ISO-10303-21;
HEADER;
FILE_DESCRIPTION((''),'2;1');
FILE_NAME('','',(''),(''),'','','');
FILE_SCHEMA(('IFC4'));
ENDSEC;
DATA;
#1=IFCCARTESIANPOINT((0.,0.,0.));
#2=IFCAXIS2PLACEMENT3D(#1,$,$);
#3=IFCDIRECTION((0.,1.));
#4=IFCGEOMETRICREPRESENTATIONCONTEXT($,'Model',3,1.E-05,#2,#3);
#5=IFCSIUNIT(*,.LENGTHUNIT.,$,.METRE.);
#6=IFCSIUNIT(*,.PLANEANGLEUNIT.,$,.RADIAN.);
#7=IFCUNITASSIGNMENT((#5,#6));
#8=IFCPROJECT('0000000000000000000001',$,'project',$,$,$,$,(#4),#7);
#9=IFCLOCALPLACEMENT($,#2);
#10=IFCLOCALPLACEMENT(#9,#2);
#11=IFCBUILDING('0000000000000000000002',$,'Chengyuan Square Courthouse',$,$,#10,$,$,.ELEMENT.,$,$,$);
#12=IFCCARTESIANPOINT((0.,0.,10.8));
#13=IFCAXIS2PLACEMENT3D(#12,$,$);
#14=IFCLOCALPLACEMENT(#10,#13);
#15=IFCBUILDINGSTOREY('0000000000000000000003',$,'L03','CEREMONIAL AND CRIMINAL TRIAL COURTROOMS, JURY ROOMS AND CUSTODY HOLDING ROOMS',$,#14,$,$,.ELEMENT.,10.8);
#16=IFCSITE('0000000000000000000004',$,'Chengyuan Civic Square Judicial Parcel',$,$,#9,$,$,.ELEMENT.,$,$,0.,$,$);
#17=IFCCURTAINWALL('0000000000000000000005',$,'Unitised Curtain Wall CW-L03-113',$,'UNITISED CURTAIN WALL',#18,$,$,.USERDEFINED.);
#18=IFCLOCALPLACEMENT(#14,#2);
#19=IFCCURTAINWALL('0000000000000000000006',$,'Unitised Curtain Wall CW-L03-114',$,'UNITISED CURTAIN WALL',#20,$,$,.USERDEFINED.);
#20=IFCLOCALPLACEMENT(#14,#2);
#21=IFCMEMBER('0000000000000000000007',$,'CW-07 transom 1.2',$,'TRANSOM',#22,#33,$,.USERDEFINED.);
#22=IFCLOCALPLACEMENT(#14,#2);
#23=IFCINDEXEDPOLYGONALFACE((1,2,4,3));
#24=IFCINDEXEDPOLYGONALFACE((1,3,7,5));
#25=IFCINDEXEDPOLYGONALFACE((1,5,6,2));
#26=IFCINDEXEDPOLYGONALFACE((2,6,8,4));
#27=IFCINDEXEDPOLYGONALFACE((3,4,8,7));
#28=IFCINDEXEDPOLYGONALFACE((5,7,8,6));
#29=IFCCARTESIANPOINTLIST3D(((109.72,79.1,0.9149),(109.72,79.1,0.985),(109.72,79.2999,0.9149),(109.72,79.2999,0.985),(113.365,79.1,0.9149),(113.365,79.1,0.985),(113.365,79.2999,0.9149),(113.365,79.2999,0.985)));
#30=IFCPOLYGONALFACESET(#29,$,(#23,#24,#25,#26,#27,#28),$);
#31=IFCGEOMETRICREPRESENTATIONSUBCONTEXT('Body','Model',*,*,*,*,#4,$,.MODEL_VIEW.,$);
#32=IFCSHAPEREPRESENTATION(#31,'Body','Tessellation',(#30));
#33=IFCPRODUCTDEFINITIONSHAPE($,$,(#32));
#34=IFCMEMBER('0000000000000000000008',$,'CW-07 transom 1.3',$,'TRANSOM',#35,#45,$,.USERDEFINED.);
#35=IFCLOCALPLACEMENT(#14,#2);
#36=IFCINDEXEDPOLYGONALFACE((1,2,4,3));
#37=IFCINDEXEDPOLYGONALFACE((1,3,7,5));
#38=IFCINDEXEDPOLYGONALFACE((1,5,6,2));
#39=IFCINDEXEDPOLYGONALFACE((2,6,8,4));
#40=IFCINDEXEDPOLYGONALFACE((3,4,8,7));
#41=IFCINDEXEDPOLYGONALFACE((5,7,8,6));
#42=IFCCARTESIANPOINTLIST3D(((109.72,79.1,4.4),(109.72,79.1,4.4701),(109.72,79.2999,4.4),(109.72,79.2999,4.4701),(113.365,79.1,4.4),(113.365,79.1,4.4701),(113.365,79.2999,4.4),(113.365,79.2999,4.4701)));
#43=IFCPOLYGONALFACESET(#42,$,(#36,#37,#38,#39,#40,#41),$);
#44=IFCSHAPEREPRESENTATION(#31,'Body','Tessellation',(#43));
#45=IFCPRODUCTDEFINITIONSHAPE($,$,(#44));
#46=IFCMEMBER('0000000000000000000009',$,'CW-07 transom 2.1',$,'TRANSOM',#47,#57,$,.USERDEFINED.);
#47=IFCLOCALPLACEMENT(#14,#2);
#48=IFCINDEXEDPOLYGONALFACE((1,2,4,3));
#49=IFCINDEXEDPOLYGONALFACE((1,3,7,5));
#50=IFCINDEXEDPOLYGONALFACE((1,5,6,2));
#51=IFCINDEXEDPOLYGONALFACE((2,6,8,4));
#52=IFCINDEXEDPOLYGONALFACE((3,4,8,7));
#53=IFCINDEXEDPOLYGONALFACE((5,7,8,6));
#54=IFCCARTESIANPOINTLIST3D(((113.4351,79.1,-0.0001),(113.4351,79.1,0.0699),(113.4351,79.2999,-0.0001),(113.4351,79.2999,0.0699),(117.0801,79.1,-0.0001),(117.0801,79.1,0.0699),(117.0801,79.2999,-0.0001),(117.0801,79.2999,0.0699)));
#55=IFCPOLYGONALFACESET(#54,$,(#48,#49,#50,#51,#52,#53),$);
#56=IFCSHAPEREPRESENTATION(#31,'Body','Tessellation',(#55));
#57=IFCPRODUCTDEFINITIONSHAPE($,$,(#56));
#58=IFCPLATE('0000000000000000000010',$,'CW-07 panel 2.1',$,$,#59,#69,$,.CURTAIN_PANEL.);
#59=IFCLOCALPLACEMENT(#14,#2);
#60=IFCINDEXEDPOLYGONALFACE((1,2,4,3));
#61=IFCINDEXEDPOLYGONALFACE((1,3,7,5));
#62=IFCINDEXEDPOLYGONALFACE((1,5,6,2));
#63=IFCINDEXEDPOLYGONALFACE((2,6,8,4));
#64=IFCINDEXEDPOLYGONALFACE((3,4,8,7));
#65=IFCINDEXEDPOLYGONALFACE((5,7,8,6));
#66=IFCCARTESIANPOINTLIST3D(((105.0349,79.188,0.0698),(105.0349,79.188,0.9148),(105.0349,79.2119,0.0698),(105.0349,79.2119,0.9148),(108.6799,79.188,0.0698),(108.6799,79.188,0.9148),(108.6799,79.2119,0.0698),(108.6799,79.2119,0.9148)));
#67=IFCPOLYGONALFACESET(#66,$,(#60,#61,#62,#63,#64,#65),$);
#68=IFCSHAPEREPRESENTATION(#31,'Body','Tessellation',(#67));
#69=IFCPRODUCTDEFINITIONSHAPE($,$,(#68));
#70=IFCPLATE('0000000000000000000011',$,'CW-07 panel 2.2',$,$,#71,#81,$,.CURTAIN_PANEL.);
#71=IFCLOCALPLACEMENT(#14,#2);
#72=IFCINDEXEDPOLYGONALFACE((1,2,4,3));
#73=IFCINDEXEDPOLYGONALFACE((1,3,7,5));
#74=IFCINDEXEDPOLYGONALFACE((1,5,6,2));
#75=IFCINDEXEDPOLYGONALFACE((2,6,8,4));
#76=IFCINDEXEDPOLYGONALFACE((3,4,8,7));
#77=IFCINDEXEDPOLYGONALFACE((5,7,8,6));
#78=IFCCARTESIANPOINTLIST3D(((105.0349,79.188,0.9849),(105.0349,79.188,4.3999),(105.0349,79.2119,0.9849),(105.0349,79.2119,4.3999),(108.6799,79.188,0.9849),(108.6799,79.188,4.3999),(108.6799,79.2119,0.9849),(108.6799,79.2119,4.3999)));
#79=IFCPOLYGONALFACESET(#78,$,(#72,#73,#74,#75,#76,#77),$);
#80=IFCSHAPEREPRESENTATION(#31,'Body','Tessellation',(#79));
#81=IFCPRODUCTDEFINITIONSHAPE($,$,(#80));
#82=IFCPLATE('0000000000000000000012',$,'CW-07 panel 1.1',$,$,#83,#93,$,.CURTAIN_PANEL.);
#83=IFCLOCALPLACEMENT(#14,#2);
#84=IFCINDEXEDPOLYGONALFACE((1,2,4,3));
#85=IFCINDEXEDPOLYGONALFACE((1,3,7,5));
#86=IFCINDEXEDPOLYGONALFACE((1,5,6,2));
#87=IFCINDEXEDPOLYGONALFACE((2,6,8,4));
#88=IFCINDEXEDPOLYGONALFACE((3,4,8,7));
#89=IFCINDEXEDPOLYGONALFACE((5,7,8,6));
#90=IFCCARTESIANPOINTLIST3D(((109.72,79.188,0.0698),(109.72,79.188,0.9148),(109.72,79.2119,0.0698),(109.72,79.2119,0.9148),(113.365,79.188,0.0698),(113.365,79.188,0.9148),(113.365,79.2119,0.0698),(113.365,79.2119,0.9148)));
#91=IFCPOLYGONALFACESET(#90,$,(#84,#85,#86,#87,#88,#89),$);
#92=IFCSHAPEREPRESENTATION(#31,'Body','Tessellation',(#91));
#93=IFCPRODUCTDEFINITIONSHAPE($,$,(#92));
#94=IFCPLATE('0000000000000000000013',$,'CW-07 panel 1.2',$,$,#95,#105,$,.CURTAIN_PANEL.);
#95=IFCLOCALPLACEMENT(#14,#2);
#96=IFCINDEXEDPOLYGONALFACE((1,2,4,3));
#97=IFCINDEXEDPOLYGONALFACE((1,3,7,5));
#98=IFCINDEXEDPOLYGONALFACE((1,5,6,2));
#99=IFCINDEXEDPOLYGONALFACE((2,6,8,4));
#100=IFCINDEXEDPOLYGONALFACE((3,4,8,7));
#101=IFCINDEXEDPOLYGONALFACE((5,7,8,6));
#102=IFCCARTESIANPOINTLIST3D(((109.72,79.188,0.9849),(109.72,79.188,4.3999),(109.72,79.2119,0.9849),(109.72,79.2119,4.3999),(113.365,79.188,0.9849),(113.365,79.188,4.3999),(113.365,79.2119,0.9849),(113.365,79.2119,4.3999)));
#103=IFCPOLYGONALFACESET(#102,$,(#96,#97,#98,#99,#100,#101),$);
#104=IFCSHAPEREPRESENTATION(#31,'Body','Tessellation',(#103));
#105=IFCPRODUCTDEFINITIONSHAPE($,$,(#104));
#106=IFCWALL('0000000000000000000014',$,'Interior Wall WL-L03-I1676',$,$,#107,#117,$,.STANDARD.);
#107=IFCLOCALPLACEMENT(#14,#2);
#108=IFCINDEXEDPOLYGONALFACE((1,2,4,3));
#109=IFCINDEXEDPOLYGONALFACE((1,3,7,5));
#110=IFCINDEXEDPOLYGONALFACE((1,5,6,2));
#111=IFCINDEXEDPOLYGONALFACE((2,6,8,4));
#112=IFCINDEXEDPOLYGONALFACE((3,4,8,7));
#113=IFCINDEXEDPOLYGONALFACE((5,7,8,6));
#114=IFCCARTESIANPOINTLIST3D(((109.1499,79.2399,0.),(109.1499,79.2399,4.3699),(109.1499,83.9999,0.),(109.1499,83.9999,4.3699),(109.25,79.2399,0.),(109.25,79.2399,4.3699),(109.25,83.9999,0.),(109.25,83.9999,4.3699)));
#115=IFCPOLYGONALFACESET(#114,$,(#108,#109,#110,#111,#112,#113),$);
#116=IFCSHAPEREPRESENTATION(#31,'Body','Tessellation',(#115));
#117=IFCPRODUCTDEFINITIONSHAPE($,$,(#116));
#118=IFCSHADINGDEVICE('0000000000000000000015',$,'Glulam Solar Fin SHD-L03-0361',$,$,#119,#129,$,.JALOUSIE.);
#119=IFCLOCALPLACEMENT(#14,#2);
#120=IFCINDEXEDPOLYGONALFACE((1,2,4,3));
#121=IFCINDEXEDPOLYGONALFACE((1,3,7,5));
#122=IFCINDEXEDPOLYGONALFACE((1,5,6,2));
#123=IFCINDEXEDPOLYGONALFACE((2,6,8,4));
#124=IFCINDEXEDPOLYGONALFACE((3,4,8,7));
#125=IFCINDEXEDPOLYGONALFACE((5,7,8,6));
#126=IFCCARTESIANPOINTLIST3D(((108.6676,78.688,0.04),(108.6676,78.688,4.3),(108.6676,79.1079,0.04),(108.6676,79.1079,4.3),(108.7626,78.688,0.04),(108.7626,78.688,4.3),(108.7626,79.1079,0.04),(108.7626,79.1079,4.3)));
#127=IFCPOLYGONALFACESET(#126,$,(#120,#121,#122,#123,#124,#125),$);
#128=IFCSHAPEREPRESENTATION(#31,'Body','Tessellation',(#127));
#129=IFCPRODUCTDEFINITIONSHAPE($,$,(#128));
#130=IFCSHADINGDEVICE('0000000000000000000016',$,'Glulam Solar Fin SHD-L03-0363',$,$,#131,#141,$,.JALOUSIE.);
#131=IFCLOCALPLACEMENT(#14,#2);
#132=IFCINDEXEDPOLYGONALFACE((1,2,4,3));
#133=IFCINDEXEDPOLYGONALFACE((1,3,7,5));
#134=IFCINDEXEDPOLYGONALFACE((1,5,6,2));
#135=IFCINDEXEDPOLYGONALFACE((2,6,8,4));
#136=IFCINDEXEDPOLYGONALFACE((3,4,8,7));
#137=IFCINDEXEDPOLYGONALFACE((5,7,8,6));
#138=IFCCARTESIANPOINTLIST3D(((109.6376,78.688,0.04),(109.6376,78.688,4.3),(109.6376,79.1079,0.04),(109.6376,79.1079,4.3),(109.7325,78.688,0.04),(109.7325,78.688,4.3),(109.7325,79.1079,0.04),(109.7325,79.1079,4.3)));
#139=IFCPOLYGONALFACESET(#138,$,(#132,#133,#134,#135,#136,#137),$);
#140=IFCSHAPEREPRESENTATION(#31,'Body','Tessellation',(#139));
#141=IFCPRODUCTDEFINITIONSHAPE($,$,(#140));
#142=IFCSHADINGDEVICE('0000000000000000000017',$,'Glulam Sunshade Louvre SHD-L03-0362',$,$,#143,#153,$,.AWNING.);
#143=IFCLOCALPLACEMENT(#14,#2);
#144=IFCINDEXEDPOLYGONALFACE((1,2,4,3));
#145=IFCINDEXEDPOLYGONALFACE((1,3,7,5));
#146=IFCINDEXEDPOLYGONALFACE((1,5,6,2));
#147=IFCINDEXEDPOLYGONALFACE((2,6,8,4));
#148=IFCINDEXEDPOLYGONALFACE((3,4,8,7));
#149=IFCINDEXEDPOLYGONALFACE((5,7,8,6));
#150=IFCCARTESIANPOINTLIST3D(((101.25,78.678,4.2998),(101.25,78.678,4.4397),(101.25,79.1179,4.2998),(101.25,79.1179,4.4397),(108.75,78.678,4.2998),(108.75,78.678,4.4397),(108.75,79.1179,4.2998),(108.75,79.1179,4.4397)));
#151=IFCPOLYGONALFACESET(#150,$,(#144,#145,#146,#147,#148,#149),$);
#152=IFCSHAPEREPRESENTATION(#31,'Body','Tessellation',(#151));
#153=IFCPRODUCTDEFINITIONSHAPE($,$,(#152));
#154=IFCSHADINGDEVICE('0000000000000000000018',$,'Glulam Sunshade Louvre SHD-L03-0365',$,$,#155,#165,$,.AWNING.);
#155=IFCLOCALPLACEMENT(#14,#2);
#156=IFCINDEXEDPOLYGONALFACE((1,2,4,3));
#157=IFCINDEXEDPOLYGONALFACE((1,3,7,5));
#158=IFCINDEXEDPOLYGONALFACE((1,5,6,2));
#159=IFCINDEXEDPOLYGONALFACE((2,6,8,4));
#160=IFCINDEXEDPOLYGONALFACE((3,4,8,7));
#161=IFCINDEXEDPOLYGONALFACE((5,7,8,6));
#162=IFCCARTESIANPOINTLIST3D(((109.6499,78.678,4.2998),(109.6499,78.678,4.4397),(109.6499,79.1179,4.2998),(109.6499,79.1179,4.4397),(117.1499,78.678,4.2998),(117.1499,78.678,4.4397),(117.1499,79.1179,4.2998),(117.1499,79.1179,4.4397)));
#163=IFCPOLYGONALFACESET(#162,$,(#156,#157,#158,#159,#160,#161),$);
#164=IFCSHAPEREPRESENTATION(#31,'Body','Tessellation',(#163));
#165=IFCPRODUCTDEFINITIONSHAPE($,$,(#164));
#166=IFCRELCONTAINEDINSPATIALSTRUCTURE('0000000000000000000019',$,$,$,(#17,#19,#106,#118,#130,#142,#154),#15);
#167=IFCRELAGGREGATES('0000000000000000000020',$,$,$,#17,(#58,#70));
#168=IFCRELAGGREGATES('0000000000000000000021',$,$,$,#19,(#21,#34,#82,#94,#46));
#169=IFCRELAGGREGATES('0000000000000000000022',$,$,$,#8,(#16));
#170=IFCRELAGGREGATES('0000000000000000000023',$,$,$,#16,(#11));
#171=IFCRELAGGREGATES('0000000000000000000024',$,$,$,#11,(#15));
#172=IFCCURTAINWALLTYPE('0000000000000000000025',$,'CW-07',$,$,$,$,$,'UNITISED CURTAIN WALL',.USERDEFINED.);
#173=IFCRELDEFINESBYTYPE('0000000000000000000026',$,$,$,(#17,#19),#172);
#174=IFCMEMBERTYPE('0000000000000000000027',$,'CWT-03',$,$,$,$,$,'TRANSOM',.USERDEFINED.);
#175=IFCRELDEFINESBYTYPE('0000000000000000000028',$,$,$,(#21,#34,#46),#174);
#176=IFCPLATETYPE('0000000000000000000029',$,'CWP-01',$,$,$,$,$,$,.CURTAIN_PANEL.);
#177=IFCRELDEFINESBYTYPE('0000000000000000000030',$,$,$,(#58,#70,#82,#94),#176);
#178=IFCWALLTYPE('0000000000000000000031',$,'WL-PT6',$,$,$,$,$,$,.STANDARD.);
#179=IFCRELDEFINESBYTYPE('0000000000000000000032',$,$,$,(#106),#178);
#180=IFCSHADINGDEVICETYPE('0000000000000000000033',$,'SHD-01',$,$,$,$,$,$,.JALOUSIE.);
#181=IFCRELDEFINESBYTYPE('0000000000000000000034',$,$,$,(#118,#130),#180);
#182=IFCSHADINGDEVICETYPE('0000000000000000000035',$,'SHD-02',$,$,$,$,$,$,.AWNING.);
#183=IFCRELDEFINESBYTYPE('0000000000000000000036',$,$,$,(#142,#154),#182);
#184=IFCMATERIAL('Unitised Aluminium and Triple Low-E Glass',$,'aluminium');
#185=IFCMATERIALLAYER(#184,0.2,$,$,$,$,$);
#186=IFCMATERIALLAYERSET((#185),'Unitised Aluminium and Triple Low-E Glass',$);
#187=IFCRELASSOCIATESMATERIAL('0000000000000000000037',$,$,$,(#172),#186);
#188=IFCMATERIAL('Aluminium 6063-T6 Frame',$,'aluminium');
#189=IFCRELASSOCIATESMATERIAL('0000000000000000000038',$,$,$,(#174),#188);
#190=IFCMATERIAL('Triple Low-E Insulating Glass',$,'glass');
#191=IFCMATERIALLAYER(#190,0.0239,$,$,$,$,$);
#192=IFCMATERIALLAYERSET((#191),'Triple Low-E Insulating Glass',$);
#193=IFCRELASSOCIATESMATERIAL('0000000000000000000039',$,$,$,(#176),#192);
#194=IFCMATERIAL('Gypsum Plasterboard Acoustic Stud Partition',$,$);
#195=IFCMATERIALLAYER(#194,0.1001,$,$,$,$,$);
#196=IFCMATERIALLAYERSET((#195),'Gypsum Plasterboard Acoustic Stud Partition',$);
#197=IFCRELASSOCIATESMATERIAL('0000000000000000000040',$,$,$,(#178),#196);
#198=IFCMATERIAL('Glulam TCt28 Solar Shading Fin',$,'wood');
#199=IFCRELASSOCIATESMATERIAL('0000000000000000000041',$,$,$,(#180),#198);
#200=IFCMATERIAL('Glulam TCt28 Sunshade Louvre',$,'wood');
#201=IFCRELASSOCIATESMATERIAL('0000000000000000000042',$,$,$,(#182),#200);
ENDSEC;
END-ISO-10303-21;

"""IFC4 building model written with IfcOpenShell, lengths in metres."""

from ifc_helpers import new_model, si_unit, direction, frame, frame_2d, origin, origin_2d, place, context, subcontext, project, spatial, rectangle, extrude, material, layer, layer_set, material_profile, profile_set, type_object, element, aggregate, save


model = new_model("IFC4")

# Units and contexts
model_context = context("Model", 3, precision=1e-05, world=origin(), true_north=direction((0.0, 1.0)))
body_context = subcontext(model_context, "Body", "Model", "MODEL_VIEW")
ifc_project = project(units=[si_unit("LENGTHUNIT", "METRE"), si_unit("PLANEANGLEUNIT", "RADIAN")], contexts=[model_context])

# Site, building, storey
site_placement = place(None, origin())
site = spatial("IfcSite", under=ifc_project, at=site_placement, Name="Chengyuan Civic Square Judicial Parcel", CompositionType="ELEMENT", RefElevation=0.0)
building_placement = place(site_placement, origin())
building = spatial("IfcBuilding", under=site, at=building_placement, Name="Chengyuan Square Courthouse", CompositionType="ELEMENT")
storey_placement = place(building_placement, frame((0.0, 0.0, 10.8)))
storey = spatial("IfcBuildingStorey", under=building, at=storey_placement, Name="L03", Description="CEREMONIAL AND CRIMINAL TRIAL COURTROOMS, JURY ROOMS AND CUSTODY HOLDING ROOMS", CompositionType="ELEMENT", Elevation=10.8)

# Curtain walls
ifc_material_1 = material(Name="Unitised Aluminium and Triple Low-E Glass", Category="aluminium")
ifc_layer_1 = layer(ifc_material_1, 0.2)
ifc_layer_set_1 = layer_set([ifc_layer_1], Name="Unitised Aluminium and Triple Low-E Glass")
curtain_wall_type = type_object("IfcCurtainWallType", Name="CW-07", ElementType="UNITISED CURTAIN WALL", PredefinedType="USERDEFINED", material=ifc_layer_set_1)
curtain_wall_1_placement = place(storey_placement, origin())
curtain_wall_1 = element("IfcCurtainWall", 1, at=curtain_wall_1_placement, inside=storey, type_object=curtain_wall_type, Name="Unitised Curtain Wall CW-L03-113", ObjectType="UNITISED CURTAIN WALL", PredefinedType="USERDEFINED")
ifc_material_2 = material(Name="Aluminium 6063-T6 Frame", Category="aluminium")
curtain_wall_2_placement = place(storey_placement, origin())
curtain_wall_2 = element("IfcCurtainWall", 2, at=curtain_wall_2_placement, inside=storey, type_object=curtain_wall_type, Name="Unitised Curtain Wall CW-L03-114", ObjectType="UNITISED CURTAIN WALL", PredefinedType="USERDEFINED")

# Members
ifc_material_profile_1 = material_profile(ifc_material_2, rectangle(XDim=0.2, YDim=0.0701, at=origin_2d()), Name="CW-TRN-70x160")
ifc_profile_set_1 = profile_set([ifc_material_profile_1], Name="Aluminium 6063-T6 Frame")
member_type_1 = type_object("IfcMemberType", Name="CWT-03", ElementType="TRANSOM", PredefinedType="USERDEFINED", material=ifc_profile_set_1)
member_1_placement = place(storey_placement, frame((109.72, 79.2, 0.95), z_axis=(1.0, 0.0, 0.0), x_axis=(0.0, 1.0, 0.0)))
member_1 = element("IfcMember", 3, at=member_1_placement, type_object=member_type_1, Name="CW-07 transom 1.2", ObjectType="TRANSOM", PredefinedType="USERDEFINED", context=body_context, shape_type="SweptSolid", body=[
    extrude(rectangle(XDim=0.2, YDim=0.0701, at=origin_2d()), origin(), (0.0, 0.0, 1.0), 3.645),
])
member_2_placement = place(storey_placement, frame((109.72, 79.2, 4.4351), z_axis=(1.0, 0.0, 0.0), x_axis=(0.0, 1.0, 0.0)))
member_2 = element("IfcMember", 4, at=member_2_placement, type_object=member_type_1, Name="CW-07 transom 1.3", ObjectType="TRANSOM", PredefinedType="USERDEFINED", context=body_context, shape_type="SweptSolid", body=[
    extrude(rectangle(XDim=0.2, YDim=0.0701, at=origin_2d()), origin(), (0.0, 0.0, 1.0), 3.645),
])
member_3_placement = place(storey_placement, frame((113.4351, 79.2, 0.0349), z_axis=(1.0, 0.0, 0.0), x_axis=(0.0, 1.0, 0.0)))
member_3 = element("IfcMember", 5, at=member_3_placement, type_object=member_type_1, Name="CW-07 transom 2.1", ObjectType="TRANSOM", PredefinedType="USERDEFINED", context=body_context, shape_type="SweptSolid", body=[
    extrude(rectangle(XDim=0.2, YDim=0.0701, at=origin_2d()), origin(), (0.0, 0.0, 1.0), 3.645),
])

# Plates
ifc_material_3 = material(Name="Triple Low-E Insulating Glass", Category="glass")
ifc_layer_2 = layer(ifc_material_3, 0.0239)
ifc_layer_set_2 = layer_set([ifc_layer_2], Name="Triple Low-E Insulating Glass")
plate_type = type_object("IfcPlateType", Name="CWP-01", PredefinedType="CURTAIN_PANEL", material=ifc_layer_set_2)
plate_1_placement = place(storey_placement, frame((106.8574, 79.2, 0.0698), z_axis=(0.0, 0.0, 1.0), x_axis=(1.0, 0.0, 0.0)))
plate_1 = element("IfcPlate", 6, at=plate_1_placement, type_object=plate_type, Name="CW-07 panel 2.1", PredefinedType="CURTAIN_PANEL", context=body_context, shape_type="SweptSolid", body=[
    extrude(rectangle(XDim=3.645, YDim=0.0239, at=origin_2d()), origin(), (0.0, 0.0, 1.0), 0.845),
])
plate_2_placement = place(storey_placement, frame((106.8574, 79.2, 0.9849), z_axis=(0.0, 0.0, 1.0), x_axis=(1.0, 0.0, 0.0)))
plate_2 = element("IfcPlate", 7, at=plate_2_placement, type_object=plate_type, Name="CW-07 panel 2.2", PredefinedType="CURTAIN_PANEL", context=body_context, shape_type="SweptSolid", body=[
    extrude(rectangle(XDim=3.645, YDim=0.0239, at=origin_2d()), origin(), (0.0, 0.0, 1.0), 3.415),
])
aggregate(curtain_wall_1, [plate_1, plate_2])
plate_3_placement = place(storey_placement, frame((111.5425, 79.2, 0.0698), z_axis=(0.0, 0.0, 1.0), x_axis=(1.0, 0.0, 0.0)))
plate_3 = element("IfcPlate", 8, at=plate_3_placement, type_object=plate_type, Name="CW-07 panel 1.1", PredefinedType="CURTAIN_PANEL", context=body_context, shape_type="SweptSolid", body=[
    extrude(rectangle(XDim=3.645, YDim=0.0239, at=origin_2d()), origin(), (0.0, 0.0, 1.0), 0.845),
])
plate_4_placement = place(storey_placement, frame((111.5425, 79.2, 0.9849), z_axis=(0.0, 0.0, 1.0), x_axis=(1.0, 0.0, 0.0)))
plate_4 = element("IfcPlate", 9, at=plate_4_placement, type_object=plate_type, Name="CW-07 panel 1.2", PredefinedType="CURTAIN_PANEL", context=body_context, shape_type="SweptSolid", body=[
    extrude(rectangle(XDim=3.645, YDim=0.0239, at=origin_2d()), origin(), (0.0, 0.0, 1.0), 3.415),
])
aggregate(curtain_wall_2, [member_1, member_2, plate_3, plate_4, member_3])

# Wall
ifc_material_4 = material(Name="Gypsum Plasterboard Acoustic Stud Partition")
ifc_layer_3 = layer(ifc_material_4, 0.1001)
ifc_layer_set_3 = layer_set([ifc_layer_3], Name="Gypsum Plasterboard Acoustic Stud Partition")
wall_type = type_object("IfcWallType", Name="WL-PT6", PredefinedType="STANDARD", material=ifc_layer_set_3)
wall_placement = place(storey_placement, frame((109.2, 79.24, 0.0), z_axis=(0.0, 0.0, 1.0), x_axis=(0.0, 1.0, 0.0)))
element("IfcWall", 10, at=wall_placement, inside=storey, type_object=wall_type, Name="Interior Wall WL-L03-I1676", PredefinedType="STANDARD", context=body_context, shape_type="SweptSolid", body=[
    extrude(rectangle(XDim=4.76, YDim=0.1001, at=frame_2d((2.3799, 0.0))), origin(), (0.0, 0.0, 1.0), 4.3699),
])

# Shading devices
ifc_material_5 = material(Name="Glulam TCt28 Solar Shading Fin", Category="wood")
shading_device_type_1 = type_object("IfcShadingDeviceType", Name="SHD-01", PredefinedType="JALOUSIE", material=ifc_material_5)
for number, where, z_axis, x_axis, name in (
    (11, (108.7151, 78.8979, 0.04), (0.0, 0.0, 1.0), (0.0, 1.0, 0.0), "Glulam Solar Fin SHD-L03-0361"),
    (12, (109.6851, 78.8979, 0.04), (0.0, 0.0, 1.0), (0.0, 1.0, 0.0), "Glulam Solar Fin SHD-L03-0363"),
):
    element("IfcShadingDevice", number, at=place(storey_placement, frame(where, z_axis=z_axis, x_axis=x_axis)), inside=storey, type_object=shading_device_type_1, Name=name, PredefinedType="JALOUSIE", context=body_context, shape_type="SweptSolid", body=[
        extrude(rectangle(XDim=0.4199, YDim=0.095, at=origin_2d()), origin(), (0.0, 0.0, 1.0), 4.26),
    ])
ifc_material_6 = material(Name="Glulam TCt28 Sunshade Louvre", Category="wood")
shading_device_type_2 = type_object("IfcShadingDeviceType", Name="SHD-02", PredefinedType="AWNING", material=ifc_material_6)
for number, where, z_axis, x_axis, name in (
    (13, (105.0, 78.8979, 4.2998), (0.0, 0.0, 1.0), (1.0, 0.0, 0.0), "Glulam Sunshade Louvre SHD-L03-0362"),
    (14, (113.3999, 78.8979, 4.2998), (0.0, 0.0, 1.0), (1.0, 0.0, 0.0), "Glulam Sunshade Louvre SHD-L03-0365"),
):
    element("IfcShadingDevice", number, at=place(storey_placement, frame(where, z_axis=z_axis, x_axis=x_axis)), inside=storey, type_object=shading_device_type_2, Name=name, PredefinedType="AWNING", context=body_context, shape_type="SweptSolid", body=[
        extrude(rectangle(XDim=7.5, YDim=0.4399, at=origin_2d()), origin(), (0.0, 0.0, 1.0), 0.1399),
    ])

save(model, "model.ifc")
